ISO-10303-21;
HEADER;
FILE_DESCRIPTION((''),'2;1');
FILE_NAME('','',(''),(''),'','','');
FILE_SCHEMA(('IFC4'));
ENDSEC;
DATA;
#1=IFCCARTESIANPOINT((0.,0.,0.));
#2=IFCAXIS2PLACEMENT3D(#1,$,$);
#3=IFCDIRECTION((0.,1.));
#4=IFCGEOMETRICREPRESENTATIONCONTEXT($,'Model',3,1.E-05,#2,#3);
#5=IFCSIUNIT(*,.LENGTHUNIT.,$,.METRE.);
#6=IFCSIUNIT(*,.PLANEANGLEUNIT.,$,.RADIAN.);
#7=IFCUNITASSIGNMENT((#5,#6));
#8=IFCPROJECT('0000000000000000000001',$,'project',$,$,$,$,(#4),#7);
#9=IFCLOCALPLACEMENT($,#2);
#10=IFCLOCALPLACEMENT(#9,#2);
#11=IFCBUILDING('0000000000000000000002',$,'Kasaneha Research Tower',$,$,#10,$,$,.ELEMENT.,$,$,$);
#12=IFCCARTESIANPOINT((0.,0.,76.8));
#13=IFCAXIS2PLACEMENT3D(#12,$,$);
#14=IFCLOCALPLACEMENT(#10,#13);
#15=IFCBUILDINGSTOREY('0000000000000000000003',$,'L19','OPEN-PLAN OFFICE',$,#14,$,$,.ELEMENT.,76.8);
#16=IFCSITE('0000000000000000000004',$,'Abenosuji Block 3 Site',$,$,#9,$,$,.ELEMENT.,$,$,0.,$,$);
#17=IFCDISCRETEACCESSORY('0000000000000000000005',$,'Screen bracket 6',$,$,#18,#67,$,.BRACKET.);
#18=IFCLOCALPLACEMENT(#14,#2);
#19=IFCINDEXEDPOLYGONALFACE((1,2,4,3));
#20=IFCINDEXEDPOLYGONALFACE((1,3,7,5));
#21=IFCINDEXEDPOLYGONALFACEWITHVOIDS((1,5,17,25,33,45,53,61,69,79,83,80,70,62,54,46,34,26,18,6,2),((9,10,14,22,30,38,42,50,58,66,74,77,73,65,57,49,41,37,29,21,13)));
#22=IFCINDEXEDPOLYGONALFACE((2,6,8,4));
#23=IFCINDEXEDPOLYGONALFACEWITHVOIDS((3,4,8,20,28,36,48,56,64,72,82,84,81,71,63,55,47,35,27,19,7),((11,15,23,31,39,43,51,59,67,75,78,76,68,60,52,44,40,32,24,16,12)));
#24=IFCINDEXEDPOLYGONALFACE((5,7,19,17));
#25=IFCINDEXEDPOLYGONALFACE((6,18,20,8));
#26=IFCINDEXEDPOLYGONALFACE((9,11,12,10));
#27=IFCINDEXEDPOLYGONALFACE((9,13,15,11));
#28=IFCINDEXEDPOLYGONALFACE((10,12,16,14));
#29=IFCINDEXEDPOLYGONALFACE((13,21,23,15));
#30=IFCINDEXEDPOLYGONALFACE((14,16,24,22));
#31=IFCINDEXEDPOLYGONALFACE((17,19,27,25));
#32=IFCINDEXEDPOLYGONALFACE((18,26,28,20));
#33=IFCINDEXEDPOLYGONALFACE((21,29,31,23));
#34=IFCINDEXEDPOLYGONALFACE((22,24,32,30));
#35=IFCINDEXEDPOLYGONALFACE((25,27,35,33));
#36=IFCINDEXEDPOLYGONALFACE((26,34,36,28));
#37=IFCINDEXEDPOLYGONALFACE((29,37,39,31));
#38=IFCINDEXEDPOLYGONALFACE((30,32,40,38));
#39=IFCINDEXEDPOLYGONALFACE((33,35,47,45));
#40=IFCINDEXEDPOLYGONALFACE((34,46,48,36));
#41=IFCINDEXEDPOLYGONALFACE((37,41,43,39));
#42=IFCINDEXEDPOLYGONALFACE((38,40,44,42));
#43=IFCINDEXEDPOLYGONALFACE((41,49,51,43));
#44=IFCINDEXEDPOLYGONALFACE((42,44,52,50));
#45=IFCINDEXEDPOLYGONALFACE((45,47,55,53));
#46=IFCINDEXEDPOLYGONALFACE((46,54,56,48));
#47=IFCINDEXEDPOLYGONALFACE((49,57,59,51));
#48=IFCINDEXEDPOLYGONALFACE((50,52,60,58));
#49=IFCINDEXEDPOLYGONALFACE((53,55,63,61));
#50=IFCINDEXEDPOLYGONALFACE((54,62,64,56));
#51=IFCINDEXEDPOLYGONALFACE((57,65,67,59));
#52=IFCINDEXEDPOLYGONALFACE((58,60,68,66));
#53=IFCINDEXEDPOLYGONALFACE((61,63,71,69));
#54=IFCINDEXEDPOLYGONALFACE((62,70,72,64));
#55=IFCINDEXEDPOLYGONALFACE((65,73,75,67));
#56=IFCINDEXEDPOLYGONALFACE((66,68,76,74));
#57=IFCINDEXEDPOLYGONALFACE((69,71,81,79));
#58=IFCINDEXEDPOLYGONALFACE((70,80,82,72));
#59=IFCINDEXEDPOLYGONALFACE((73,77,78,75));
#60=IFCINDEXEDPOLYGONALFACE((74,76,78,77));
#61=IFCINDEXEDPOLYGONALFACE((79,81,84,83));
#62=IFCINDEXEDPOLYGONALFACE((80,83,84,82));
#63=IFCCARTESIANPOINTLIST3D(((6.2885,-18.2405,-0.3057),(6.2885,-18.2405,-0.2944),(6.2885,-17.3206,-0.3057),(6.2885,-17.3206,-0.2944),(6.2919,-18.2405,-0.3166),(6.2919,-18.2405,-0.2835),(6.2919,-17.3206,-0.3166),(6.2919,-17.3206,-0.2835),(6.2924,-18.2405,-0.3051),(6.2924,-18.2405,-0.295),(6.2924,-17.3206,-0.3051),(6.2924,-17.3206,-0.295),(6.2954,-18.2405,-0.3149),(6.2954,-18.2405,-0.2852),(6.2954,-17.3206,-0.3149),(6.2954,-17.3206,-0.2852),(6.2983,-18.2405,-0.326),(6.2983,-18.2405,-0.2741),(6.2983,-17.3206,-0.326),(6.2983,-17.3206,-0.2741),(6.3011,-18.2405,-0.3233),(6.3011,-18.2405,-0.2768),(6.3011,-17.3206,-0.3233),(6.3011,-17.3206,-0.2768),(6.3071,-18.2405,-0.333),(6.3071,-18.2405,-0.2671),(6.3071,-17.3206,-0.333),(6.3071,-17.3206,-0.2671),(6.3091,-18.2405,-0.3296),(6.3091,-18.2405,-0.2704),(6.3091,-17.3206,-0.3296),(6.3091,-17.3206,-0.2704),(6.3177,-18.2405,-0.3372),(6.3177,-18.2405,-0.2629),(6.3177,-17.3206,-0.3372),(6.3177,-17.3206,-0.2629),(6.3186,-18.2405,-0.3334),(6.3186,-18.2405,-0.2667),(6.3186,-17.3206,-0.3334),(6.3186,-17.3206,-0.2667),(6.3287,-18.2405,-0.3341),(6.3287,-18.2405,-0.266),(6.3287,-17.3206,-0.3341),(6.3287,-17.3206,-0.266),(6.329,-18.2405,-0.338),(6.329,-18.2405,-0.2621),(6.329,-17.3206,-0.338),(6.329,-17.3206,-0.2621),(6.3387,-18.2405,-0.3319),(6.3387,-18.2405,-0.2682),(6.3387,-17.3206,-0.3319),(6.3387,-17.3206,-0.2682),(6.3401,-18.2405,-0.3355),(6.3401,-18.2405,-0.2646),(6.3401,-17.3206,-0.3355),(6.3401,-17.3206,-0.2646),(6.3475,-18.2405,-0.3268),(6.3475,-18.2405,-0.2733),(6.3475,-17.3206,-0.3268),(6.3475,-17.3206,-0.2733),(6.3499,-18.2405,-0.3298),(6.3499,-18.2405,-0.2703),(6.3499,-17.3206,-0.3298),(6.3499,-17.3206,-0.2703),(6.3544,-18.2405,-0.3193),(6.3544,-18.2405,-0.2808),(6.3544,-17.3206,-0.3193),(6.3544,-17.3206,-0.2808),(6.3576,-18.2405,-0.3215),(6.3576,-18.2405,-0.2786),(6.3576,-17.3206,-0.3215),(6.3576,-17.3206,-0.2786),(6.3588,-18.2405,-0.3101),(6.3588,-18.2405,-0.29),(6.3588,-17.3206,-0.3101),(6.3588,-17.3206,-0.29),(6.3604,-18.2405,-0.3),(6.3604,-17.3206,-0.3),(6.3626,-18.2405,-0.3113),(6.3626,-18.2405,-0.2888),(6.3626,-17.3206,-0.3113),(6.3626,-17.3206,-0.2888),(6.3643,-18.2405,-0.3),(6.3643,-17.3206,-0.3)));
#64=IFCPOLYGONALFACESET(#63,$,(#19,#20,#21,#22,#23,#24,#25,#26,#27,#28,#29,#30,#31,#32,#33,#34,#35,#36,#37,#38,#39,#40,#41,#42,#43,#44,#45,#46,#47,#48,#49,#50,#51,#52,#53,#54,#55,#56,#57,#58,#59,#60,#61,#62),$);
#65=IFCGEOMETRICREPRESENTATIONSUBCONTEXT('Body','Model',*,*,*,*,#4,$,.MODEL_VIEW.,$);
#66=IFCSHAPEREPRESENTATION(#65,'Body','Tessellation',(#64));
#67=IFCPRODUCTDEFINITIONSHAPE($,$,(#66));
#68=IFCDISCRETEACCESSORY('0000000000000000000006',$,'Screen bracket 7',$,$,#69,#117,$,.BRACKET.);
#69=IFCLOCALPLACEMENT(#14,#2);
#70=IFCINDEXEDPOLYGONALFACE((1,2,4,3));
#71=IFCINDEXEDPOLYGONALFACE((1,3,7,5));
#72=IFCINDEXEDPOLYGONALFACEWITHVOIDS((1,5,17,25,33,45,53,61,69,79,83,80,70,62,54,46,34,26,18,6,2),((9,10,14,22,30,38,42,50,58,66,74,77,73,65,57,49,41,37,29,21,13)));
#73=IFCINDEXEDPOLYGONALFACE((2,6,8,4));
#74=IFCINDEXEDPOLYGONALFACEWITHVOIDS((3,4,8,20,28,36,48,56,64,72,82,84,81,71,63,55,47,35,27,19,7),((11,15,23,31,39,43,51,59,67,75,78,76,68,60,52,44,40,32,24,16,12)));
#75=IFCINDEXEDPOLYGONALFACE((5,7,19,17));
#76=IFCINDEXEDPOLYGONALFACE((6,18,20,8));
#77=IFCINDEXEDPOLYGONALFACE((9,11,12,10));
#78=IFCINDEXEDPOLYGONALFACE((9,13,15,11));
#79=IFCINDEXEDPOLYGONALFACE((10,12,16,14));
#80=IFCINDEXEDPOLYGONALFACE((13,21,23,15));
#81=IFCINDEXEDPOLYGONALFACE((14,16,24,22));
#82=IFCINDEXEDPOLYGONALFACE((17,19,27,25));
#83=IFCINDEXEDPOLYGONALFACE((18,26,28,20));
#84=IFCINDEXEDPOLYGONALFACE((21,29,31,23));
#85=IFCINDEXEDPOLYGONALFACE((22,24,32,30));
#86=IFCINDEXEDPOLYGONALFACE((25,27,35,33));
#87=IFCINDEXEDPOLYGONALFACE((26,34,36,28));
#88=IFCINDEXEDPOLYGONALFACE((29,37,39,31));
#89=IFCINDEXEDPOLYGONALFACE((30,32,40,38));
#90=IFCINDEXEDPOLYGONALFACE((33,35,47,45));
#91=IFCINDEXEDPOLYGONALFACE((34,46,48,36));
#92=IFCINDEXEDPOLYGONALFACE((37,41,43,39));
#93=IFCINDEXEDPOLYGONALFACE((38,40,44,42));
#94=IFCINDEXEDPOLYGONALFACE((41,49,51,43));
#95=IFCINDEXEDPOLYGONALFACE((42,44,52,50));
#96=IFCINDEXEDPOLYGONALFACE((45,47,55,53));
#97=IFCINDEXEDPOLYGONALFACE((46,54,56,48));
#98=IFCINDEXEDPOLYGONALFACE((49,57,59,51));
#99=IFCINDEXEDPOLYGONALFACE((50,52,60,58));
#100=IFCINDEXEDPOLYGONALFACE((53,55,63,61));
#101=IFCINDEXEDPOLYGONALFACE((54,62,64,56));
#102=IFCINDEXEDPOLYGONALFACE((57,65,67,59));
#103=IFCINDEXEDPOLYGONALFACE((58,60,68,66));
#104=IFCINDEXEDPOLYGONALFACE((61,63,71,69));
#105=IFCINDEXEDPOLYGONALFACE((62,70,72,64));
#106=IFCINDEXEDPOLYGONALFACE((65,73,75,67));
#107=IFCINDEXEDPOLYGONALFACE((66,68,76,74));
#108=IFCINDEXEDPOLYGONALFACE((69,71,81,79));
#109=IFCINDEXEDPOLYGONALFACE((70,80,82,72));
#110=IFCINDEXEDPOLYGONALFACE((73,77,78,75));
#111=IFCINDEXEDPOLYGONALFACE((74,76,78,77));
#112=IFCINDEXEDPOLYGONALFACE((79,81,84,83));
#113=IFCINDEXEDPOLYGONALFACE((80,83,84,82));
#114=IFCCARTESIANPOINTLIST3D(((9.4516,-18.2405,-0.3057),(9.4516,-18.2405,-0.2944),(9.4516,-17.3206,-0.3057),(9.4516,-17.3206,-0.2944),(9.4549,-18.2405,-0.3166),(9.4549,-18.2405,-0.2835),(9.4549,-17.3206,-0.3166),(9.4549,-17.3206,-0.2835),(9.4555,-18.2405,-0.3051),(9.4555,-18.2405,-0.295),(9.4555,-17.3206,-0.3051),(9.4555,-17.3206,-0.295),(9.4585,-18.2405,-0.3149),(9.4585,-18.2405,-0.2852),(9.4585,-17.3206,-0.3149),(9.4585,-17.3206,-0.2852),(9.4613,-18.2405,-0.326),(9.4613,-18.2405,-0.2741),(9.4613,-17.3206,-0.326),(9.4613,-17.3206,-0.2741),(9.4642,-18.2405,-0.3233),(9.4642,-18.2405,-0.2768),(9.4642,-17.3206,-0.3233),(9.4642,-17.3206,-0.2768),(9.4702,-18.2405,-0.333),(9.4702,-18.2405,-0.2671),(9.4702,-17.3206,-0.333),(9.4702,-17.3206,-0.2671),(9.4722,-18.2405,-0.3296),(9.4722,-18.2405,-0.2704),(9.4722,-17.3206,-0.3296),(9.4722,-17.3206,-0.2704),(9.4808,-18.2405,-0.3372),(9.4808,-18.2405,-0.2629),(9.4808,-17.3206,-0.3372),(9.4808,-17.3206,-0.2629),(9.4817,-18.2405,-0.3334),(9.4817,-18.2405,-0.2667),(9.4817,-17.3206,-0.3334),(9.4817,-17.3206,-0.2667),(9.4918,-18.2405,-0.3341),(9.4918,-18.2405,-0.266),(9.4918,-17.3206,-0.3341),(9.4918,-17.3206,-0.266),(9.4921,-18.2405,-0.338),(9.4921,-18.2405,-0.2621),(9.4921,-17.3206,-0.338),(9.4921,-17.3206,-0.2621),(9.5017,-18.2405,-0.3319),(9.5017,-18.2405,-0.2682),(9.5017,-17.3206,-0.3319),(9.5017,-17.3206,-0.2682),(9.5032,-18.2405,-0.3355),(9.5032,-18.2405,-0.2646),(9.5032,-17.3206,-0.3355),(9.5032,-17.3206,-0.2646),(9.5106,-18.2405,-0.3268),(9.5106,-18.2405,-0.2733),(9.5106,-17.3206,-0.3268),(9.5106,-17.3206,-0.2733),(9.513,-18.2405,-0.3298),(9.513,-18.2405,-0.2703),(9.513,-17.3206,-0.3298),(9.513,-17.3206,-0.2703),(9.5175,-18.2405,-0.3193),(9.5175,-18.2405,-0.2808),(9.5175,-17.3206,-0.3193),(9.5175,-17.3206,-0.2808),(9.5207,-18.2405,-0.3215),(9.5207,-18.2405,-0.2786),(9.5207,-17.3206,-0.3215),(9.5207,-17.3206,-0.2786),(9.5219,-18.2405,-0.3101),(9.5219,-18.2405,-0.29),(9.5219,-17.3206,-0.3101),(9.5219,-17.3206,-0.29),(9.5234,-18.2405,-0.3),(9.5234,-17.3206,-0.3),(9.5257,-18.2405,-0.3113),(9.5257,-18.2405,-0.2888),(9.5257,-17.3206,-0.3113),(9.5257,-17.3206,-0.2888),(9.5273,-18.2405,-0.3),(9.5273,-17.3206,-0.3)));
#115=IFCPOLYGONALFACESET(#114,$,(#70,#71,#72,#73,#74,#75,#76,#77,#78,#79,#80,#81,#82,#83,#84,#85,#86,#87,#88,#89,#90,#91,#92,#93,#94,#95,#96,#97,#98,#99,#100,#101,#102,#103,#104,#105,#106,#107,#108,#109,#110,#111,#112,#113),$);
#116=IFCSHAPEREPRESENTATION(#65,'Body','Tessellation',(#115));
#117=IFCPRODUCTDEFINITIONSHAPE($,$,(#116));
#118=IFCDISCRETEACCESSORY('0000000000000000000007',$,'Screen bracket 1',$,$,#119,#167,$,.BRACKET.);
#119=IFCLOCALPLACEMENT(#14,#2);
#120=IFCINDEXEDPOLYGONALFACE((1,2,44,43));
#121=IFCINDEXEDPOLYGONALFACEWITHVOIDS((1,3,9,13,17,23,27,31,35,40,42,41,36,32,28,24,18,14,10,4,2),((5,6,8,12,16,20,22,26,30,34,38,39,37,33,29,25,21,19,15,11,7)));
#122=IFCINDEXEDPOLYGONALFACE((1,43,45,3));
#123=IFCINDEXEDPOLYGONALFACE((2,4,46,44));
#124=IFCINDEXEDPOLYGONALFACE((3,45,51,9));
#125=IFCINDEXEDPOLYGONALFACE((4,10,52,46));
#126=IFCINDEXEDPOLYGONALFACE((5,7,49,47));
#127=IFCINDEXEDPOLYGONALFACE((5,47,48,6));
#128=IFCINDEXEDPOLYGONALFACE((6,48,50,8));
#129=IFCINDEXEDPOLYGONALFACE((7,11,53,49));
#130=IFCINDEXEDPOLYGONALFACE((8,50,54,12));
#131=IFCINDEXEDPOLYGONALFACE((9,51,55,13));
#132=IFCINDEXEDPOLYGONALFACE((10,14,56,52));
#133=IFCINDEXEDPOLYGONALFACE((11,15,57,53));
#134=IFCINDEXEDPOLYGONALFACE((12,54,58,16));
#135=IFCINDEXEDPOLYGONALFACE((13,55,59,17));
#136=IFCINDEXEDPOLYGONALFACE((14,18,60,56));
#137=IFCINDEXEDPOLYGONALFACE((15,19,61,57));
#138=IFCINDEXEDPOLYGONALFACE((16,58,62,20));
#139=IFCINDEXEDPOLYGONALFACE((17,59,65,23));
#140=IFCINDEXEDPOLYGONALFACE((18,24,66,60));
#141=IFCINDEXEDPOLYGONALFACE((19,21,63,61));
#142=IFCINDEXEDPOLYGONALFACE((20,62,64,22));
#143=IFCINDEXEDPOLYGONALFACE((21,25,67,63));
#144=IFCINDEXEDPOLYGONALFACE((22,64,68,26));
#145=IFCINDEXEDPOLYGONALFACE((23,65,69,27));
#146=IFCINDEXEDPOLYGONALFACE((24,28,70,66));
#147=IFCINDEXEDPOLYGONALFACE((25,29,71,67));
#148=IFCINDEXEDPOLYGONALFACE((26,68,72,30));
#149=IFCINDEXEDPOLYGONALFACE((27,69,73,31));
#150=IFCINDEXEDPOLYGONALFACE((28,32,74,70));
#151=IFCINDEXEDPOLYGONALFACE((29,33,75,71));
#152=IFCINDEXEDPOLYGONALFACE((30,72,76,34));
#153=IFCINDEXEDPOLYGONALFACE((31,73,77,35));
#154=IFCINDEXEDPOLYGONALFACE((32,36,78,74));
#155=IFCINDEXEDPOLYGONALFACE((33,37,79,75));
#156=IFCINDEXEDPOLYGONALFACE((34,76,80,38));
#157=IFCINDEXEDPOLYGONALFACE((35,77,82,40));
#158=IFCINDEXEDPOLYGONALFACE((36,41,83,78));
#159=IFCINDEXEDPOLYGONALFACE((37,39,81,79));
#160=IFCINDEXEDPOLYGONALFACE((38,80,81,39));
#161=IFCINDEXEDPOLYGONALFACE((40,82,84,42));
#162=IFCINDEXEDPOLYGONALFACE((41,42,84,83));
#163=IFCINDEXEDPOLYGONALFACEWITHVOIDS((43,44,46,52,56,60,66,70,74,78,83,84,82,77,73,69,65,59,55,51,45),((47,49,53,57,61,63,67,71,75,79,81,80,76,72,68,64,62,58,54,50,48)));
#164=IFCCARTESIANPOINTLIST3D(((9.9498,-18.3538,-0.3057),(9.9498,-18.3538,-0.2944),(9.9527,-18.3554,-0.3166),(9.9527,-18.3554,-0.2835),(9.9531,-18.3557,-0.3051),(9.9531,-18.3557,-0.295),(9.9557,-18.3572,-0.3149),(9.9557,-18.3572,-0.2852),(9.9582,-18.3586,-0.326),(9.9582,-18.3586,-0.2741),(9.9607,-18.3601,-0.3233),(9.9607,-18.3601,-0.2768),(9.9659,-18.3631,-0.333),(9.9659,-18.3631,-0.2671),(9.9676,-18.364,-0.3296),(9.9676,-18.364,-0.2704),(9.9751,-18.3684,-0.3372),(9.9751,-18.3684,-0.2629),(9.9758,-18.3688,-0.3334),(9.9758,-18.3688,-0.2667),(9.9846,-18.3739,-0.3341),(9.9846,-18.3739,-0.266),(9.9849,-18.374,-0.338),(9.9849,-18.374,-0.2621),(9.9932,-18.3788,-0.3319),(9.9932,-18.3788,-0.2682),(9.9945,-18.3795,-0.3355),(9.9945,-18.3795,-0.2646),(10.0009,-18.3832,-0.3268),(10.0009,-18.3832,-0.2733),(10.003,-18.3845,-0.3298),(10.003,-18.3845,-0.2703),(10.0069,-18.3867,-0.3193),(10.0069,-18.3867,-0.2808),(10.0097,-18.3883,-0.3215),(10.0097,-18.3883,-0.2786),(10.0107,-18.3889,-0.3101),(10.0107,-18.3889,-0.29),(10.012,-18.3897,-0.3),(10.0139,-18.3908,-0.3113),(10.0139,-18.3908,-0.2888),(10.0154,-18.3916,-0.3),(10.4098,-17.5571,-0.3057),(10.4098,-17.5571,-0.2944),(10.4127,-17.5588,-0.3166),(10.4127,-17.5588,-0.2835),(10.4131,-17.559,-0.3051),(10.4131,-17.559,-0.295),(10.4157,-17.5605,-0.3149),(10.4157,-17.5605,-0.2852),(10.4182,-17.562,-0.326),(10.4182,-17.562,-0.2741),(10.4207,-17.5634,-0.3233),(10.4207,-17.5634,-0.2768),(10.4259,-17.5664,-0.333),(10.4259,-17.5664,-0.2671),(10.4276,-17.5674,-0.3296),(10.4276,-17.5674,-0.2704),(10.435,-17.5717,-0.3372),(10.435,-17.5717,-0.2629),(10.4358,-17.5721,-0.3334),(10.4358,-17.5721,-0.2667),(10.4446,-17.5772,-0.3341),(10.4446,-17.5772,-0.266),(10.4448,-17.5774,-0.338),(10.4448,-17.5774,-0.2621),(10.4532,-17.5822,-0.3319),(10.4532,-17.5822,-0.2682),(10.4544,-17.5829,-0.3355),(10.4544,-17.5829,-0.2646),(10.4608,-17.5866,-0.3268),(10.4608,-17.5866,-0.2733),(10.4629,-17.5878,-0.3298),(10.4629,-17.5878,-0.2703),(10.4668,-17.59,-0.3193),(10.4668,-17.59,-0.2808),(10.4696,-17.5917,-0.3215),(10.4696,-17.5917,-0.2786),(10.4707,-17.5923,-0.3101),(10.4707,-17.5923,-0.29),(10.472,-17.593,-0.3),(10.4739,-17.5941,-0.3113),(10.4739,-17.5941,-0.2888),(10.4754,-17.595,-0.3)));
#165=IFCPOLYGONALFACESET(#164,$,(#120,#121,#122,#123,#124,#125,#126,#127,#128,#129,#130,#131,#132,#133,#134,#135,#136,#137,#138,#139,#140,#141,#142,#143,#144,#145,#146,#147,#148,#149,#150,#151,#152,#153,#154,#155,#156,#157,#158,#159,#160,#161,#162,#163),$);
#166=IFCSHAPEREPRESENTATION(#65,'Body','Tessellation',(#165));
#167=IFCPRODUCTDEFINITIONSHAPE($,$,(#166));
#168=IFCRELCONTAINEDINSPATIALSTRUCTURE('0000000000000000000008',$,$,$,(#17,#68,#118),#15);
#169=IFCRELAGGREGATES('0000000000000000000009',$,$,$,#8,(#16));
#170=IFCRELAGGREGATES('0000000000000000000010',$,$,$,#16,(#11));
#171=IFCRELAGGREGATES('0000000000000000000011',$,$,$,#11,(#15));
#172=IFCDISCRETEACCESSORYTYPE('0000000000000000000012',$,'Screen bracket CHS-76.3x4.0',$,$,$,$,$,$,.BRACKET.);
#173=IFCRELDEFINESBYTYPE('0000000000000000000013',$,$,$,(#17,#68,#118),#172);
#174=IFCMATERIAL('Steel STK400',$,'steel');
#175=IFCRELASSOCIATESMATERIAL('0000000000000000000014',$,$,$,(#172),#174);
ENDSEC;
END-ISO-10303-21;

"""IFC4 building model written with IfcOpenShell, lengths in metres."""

from ifc_helpers import new_model, si_unit, direction, frame, origin, origin_2d, place, context, subcontext, project, spatial, hollow_circle, extrude, material, material_profile, profile_set, type_object, element, save


model = new_model("IFC4")

# Units and contexts
model_context = context("Model", 3, precision=1e-05, world=origin(), true_north=direction((0.0, 1.0)))
body_context = subcontext(model_context, "Body", "Model", "MODEL_VIEW")
ifc_project = project(units=[si_unit("LENGTHUNIT", "METRE"), si_unit("PLANEANGLEUNIT", "RADIAN")], contexts=[model_context])

# Site, building, storey
site_placement = place(None, origin())
site = spatial("IfcSite", under=ifc_project, at=site_placement, Name="Abenosuji Block 3 Site", CompositionType="ELEMENT", RefElevation=0.0)
building_placement = place(site_placement, origin())
building = spatial("IfcBuilding", under=site, at=building_placement, Name="Kasaneha Research Tower", CompositionType="ELEMENT")
storey_placement = place(building_placement, frame((0.0, 0.0, 76.8)))
storey = spatial("IfcBuildingStorey", under=building, at=storey_placement, Name="L19", Description="OPEN-PLAN OFFICE", CompositionType="ELEMENT", Elevation=76.8)

# Discrete accessories
ifc_material_1 = material(Name="Steel STK400", Category="steel")
ifc_material_profile_1 = material_profile(ifc_material_1, hollow_circle(Radius=0.0381, WallThickness=0.0039, at=origin_2d()), Name="CHS-76.3x4.0")
ifc_profile_set_1 = profile_set([ifc_material_profile_1], Name="Steel STK400")
discrete_accessory_type = type_object("IfcDiscreteAccessoryType", Name="Screen bracket CHS-76.3x4.0", PredefinedType="BRACKET", material=ifc_profile_set_1)
for number, where, z_axis, x_axis, name in (
    (1, (6.3262, -17.3206, -0.3), (0.0, -1.0, 0.0), (1.0, 0.0, 0.0), "Screen bracket 6"),
    (2, (9.4893, -17.3206, -0.3), (0.0, -1.0, 0.0), (1.0, 0.0, 0.0), "Screen bracket 7"),
    (3, (10.4424, -17.5759, -0.3), (-0.500021, -0.866013, 0.0), (0.866013, -0.500021, 0.0), "Screen bracket 1"),
):
    element("IfcDiscreteAccessory", number, at=place(storey_placement, frame(where, z_axis=z_axis, x_axis=x_axis)), inside=storey, type_object=discrete_accessory_type, Name=name, PredefinedType="BRACKET", context=body_context, shape_type="SweptSolid", body=[
        extrude(hollow_circle(Radius=0.0381, WallThickness=0.0039, at=origin_2d()), origin(), (0.0, 0.0, 1.0), 0.9199),
    ])

save(model, "model.ifc")
